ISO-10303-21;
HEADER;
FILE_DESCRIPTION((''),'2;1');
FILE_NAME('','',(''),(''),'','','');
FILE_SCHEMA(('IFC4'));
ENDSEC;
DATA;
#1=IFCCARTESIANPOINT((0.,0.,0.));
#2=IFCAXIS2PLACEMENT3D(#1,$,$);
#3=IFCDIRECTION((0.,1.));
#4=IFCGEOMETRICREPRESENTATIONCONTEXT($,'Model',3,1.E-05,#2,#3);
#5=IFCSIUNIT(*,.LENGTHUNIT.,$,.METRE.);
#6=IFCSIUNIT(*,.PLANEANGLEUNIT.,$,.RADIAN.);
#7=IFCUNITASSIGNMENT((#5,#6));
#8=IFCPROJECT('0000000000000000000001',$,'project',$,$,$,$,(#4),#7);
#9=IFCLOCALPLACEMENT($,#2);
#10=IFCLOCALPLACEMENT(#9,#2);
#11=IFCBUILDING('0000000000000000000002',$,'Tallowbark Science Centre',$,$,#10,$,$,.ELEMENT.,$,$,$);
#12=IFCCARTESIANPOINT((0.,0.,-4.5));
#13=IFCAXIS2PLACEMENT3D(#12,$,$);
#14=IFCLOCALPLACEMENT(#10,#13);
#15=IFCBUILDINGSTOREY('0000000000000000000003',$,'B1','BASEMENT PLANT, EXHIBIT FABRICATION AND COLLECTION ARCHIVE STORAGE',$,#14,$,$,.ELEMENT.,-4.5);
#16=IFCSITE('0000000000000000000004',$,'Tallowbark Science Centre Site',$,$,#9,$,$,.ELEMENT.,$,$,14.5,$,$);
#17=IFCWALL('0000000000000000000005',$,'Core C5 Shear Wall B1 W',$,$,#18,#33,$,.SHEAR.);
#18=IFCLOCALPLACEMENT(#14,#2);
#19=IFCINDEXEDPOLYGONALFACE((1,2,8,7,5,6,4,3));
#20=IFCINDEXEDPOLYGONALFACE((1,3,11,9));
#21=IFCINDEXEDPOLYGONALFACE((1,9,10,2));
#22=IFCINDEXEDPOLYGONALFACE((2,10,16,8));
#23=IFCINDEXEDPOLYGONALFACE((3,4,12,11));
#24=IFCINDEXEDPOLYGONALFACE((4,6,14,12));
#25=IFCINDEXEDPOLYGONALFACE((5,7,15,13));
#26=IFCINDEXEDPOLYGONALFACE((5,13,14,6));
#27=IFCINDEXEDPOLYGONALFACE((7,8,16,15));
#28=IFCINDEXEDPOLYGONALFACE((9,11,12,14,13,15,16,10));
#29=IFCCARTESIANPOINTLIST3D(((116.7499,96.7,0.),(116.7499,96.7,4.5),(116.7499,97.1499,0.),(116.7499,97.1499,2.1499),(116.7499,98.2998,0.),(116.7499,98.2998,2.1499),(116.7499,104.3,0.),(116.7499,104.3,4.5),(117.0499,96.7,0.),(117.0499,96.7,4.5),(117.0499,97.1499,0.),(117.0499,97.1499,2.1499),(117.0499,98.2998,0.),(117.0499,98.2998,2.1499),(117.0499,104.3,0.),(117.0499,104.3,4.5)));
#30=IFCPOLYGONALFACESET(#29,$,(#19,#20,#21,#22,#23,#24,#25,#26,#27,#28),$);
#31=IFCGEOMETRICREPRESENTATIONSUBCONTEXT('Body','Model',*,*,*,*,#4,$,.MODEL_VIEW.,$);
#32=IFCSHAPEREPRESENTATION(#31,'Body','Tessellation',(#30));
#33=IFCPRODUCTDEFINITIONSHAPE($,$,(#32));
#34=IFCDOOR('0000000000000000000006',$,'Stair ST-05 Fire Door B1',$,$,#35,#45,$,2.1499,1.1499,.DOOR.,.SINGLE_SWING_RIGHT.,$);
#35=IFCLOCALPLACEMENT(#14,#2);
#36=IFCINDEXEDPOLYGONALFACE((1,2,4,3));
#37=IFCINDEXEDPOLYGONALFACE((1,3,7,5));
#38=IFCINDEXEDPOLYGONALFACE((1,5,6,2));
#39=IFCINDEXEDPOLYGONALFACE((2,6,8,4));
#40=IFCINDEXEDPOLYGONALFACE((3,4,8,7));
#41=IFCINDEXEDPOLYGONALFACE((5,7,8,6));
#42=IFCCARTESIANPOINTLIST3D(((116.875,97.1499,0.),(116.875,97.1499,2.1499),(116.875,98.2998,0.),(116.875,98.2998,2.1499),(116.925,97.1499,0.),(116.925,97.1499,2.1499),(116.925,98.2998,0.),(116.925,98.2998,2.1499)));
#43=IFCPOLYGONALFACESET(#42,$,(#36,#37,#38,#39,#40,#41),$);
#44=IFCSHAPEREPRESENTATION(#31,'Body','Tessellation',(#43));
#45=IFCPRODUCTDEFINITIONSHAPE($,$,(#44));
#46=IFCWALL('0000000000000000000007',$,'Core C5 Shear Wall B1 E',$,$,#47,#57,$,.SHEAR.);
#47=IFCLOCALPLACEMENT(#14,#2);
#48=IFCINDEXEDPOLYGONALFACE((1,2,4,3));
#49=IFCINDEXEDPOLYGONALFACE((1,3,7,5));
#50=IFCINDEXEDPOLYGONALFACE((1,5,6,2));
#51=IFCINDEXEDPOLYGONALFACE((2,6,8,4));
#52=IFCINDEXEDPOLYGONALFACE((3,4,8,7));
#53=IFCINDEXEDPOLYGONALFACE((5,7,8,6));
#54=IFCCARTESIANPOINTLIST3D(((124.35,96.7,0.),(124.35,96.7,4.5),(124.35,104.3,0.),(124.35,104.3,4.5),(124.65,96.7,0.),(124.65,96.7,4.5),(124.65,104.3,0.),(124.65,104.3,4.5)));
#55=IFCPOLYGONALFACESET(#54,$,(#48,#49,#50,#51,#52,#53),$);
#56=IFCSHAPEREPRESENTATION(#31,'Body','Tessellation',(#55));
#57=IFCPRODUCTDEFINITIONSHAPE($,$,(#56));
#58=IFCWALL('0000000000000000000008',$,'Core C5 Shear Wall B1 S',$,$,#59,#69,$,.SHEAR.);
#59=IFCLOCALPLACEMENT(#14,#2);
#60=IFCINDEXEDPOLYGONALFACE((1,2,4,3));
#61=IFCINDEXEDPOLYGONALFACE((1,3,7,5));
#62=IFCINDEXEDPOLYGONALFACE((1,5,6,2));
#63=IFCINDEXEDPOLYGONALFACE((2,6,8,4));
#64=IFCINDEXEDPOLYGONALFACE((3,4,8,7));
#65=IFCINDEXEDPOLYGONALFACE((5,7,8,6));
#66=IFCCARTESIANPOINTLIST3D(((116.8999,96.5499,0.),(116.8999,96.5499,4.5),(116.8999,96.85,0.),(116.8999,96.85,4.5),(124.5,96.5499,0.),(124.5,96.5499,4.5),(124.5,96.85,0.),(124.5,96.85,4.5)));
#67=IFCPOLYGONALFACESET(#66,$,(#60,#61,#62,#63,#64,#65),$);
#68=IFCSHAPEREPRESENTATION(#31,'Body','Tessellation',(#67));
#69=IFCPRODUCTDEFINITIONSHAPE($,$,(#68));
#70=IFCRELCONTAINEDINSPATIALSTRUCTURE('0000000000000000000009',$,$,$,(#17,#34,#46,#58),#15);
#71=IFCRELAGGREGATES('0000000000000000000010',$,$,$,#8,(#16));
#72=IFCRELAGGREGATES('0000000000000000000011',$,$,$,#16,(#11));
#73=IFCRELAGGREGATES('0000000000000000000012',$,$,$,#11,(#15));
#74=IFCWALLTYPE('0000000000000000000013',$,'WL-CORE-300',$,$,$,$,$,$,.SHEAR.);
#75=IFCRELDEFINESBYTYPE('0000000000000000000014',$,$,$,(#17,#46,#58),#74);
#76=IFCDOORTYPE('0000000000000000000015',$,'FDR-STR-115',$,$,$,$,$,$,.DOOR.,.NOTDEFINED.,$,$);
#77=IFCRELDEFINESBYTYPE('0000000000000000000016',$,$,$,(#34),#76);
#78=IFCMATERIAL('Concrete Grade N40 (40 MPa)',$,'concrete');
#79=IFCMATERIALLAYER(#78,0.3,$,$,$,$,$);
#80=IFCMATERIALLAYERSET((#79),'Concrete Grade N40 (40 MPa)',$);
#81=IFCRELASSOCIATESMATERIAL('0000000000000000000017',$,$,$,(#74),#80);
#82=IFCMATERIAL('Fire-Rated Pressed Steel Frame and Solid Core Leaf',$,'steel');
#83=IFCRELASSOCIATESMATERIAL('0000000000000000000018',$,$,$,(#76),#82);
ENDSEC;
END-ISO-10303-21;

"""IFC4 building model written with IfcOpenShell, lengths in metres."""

from ifc_helpers import new_model, si_unit, direction, frame, frame_2d, origin, place, context, subcontext, project, spatial, rectangle, extrude, material, layer, layer_set, type_object, element, fill, save


model = new_model("IFC4")

# Units and contexts
model_context = context("Model", 3, precision=1e-05, world=origin(), true_north=direction((0.0, 1.0)))
body_context = subcontext(model_context, "Body", "Model", "MODEL_VIEW")
ifc_project = project(units=[si_unit("LENGTHUNIT", "METRE"), si_unit("PLANEANGLEUNIT", "RADIAN")], contexts=[model_context])

# Site, building, storey
site_placement = place(None, origin())
site = spatial("IfcSite", under=ifc_project, at=site_placement, Name="Tallowbark Science Centre Site", CompositionType="ELEMENT", RefElevation=14.5)
building_placement = place(site_placement, origin())
building = spatial("IfcBuilding", under=site, at=building_placement, Name="Tallowbark Science Centre", CompositionType="ELEMENT")
storey_placement = place(building_placement, frame((0.0, 0.0, -4.5)))
storey = spatial("IfcBuildingStorey", under=building, at=storey_placement, Name="B1", Description="BASEMENT PLANT, EXHIBIT FABRICATION AND COLLECTION ARCHIVE STORAGE", CompositionType="ELEMENT", Elevation=-4.5)

# Shared definitions
ifc_material_1 = material(Name="Concrete Grade N40 (40 MPa)", Category="concrete")

# Wall, opening, door
ifc_layer_1 = layer(ifc_material_1, 0.3)
ifc_layer_set_1 = layer_set([ifc_layer_1], Name="Concrete Grade N40 (40 MPa)")
wall_type_1 = type_object("IfcWallType", Name="WL-CORE-300", PredefinedType="SHEAR", material=ifc_layer_set_1)
wall_1_placement = place(storey_placement, frame((116.8999, 96.7, 0.0), z_axis=(0.0, 0.0, 1.0), x_axis=(0.0, 1.0, 0.0)))
wall_1 = element("IfcWall", 1, at=wall_1_placement, inside=storey, type_object=wall_type_1, Name="Core C5 Shear Wall B1 W", PredefinedType="SHEAR", context=body_context, shape_type="SweptSolid", body=[
    extrude(rectangle(XDim=7.6001, YDim=0.3, at=frame_2d((3.8, 0.0))), origin(), (0.0, 0.0, 1.0), 4.5),
])
opening_1_placement = place(wall_1_placement, frame((0.45, 0.0, 0.0)))
opening_1 = element("IfcOpeningElement", 2, at=opening_1_placement, cuts=wall_1, PredefinedType="OPENING", context=body_context, shape_type="SweptSolid", body=[
    extrude(rectangle(XDim=1.1499, YDim=2.1499, at=frame_2d((0.575, 1.075))), frame((0.0, 0.1602, 0.0), z_axis=(0.0, -1.0, 0.0), x_axis=(1.0, 0.0, 0.0)), (0.0, 0.0, 1.0), 0.3201),
])
ifc_material_2 = material(Name="Fire-Rated Pressed Steel Frame and Solid Core Leaf", Category="steel")
door_type_1 = type_object("IfcDoorType", Name="FDR-STR-115", OperationType="NOTDEFINED", PredefinedType="DOOR", material=ifc_material_2)
door_1_placement = place(opening_1_placement, origin())
door_1 = element("IfcDoor", 3, at=door_1_placement, inside=storey, type_object=door_type_1, Name="Stair ST-05 Fire Door B1", OperationType="SINGLE_SWING_RIGHT", OverallHeight=2.1499, OverallWidth=1.1499, PredefinedType="DOOR", context=body_context, shape_type="SweptSolid", body=[
    extrude(rectangle(XDim=1.1499, YDim=2.1499, at=frame_2d((0.575, 1.075))), frame((0.0, 0.0249, 0.0), z_axis=(0.0, -1.0, 0.0), x_axis=(1.0, 0.0, 0.0)), (0.0, 0.0, 1.0), 0.05),
])
fill(opening_1, door_1)

# Walls
for number, where, z_axis, x_axis, name in (
    (4, (124.5, 96.7, 0.0), (0.0, 0.0, 1.0), (0.0, 1.0, 0.0), "Core C5 Shear Wall B1 E"),
    (5, (116.8999, 96.7, 0.0), (0.0, 0.0, 1.0), (1.0, 0.0, 0.0), "Core C5 Shear Wall B1 S"),
):
    element("IfcWall", number, at=place(storey_placement, frame(where, z_axis=z_axis, x_axis=x_axis)), inside=storey, type_object=wall_type_1, Name=name, PredefinedType="SHEAR", context=body_context, shape_type="SweptSolid", body=[
        extrude(rectangle(XDim=7.6001, YDim=0.3, at=frame_2d((3.8, 0.0))), origin(), (0.0, 0.0, 1.0), 4.5),
    ])

save(model, "model.ifc")
